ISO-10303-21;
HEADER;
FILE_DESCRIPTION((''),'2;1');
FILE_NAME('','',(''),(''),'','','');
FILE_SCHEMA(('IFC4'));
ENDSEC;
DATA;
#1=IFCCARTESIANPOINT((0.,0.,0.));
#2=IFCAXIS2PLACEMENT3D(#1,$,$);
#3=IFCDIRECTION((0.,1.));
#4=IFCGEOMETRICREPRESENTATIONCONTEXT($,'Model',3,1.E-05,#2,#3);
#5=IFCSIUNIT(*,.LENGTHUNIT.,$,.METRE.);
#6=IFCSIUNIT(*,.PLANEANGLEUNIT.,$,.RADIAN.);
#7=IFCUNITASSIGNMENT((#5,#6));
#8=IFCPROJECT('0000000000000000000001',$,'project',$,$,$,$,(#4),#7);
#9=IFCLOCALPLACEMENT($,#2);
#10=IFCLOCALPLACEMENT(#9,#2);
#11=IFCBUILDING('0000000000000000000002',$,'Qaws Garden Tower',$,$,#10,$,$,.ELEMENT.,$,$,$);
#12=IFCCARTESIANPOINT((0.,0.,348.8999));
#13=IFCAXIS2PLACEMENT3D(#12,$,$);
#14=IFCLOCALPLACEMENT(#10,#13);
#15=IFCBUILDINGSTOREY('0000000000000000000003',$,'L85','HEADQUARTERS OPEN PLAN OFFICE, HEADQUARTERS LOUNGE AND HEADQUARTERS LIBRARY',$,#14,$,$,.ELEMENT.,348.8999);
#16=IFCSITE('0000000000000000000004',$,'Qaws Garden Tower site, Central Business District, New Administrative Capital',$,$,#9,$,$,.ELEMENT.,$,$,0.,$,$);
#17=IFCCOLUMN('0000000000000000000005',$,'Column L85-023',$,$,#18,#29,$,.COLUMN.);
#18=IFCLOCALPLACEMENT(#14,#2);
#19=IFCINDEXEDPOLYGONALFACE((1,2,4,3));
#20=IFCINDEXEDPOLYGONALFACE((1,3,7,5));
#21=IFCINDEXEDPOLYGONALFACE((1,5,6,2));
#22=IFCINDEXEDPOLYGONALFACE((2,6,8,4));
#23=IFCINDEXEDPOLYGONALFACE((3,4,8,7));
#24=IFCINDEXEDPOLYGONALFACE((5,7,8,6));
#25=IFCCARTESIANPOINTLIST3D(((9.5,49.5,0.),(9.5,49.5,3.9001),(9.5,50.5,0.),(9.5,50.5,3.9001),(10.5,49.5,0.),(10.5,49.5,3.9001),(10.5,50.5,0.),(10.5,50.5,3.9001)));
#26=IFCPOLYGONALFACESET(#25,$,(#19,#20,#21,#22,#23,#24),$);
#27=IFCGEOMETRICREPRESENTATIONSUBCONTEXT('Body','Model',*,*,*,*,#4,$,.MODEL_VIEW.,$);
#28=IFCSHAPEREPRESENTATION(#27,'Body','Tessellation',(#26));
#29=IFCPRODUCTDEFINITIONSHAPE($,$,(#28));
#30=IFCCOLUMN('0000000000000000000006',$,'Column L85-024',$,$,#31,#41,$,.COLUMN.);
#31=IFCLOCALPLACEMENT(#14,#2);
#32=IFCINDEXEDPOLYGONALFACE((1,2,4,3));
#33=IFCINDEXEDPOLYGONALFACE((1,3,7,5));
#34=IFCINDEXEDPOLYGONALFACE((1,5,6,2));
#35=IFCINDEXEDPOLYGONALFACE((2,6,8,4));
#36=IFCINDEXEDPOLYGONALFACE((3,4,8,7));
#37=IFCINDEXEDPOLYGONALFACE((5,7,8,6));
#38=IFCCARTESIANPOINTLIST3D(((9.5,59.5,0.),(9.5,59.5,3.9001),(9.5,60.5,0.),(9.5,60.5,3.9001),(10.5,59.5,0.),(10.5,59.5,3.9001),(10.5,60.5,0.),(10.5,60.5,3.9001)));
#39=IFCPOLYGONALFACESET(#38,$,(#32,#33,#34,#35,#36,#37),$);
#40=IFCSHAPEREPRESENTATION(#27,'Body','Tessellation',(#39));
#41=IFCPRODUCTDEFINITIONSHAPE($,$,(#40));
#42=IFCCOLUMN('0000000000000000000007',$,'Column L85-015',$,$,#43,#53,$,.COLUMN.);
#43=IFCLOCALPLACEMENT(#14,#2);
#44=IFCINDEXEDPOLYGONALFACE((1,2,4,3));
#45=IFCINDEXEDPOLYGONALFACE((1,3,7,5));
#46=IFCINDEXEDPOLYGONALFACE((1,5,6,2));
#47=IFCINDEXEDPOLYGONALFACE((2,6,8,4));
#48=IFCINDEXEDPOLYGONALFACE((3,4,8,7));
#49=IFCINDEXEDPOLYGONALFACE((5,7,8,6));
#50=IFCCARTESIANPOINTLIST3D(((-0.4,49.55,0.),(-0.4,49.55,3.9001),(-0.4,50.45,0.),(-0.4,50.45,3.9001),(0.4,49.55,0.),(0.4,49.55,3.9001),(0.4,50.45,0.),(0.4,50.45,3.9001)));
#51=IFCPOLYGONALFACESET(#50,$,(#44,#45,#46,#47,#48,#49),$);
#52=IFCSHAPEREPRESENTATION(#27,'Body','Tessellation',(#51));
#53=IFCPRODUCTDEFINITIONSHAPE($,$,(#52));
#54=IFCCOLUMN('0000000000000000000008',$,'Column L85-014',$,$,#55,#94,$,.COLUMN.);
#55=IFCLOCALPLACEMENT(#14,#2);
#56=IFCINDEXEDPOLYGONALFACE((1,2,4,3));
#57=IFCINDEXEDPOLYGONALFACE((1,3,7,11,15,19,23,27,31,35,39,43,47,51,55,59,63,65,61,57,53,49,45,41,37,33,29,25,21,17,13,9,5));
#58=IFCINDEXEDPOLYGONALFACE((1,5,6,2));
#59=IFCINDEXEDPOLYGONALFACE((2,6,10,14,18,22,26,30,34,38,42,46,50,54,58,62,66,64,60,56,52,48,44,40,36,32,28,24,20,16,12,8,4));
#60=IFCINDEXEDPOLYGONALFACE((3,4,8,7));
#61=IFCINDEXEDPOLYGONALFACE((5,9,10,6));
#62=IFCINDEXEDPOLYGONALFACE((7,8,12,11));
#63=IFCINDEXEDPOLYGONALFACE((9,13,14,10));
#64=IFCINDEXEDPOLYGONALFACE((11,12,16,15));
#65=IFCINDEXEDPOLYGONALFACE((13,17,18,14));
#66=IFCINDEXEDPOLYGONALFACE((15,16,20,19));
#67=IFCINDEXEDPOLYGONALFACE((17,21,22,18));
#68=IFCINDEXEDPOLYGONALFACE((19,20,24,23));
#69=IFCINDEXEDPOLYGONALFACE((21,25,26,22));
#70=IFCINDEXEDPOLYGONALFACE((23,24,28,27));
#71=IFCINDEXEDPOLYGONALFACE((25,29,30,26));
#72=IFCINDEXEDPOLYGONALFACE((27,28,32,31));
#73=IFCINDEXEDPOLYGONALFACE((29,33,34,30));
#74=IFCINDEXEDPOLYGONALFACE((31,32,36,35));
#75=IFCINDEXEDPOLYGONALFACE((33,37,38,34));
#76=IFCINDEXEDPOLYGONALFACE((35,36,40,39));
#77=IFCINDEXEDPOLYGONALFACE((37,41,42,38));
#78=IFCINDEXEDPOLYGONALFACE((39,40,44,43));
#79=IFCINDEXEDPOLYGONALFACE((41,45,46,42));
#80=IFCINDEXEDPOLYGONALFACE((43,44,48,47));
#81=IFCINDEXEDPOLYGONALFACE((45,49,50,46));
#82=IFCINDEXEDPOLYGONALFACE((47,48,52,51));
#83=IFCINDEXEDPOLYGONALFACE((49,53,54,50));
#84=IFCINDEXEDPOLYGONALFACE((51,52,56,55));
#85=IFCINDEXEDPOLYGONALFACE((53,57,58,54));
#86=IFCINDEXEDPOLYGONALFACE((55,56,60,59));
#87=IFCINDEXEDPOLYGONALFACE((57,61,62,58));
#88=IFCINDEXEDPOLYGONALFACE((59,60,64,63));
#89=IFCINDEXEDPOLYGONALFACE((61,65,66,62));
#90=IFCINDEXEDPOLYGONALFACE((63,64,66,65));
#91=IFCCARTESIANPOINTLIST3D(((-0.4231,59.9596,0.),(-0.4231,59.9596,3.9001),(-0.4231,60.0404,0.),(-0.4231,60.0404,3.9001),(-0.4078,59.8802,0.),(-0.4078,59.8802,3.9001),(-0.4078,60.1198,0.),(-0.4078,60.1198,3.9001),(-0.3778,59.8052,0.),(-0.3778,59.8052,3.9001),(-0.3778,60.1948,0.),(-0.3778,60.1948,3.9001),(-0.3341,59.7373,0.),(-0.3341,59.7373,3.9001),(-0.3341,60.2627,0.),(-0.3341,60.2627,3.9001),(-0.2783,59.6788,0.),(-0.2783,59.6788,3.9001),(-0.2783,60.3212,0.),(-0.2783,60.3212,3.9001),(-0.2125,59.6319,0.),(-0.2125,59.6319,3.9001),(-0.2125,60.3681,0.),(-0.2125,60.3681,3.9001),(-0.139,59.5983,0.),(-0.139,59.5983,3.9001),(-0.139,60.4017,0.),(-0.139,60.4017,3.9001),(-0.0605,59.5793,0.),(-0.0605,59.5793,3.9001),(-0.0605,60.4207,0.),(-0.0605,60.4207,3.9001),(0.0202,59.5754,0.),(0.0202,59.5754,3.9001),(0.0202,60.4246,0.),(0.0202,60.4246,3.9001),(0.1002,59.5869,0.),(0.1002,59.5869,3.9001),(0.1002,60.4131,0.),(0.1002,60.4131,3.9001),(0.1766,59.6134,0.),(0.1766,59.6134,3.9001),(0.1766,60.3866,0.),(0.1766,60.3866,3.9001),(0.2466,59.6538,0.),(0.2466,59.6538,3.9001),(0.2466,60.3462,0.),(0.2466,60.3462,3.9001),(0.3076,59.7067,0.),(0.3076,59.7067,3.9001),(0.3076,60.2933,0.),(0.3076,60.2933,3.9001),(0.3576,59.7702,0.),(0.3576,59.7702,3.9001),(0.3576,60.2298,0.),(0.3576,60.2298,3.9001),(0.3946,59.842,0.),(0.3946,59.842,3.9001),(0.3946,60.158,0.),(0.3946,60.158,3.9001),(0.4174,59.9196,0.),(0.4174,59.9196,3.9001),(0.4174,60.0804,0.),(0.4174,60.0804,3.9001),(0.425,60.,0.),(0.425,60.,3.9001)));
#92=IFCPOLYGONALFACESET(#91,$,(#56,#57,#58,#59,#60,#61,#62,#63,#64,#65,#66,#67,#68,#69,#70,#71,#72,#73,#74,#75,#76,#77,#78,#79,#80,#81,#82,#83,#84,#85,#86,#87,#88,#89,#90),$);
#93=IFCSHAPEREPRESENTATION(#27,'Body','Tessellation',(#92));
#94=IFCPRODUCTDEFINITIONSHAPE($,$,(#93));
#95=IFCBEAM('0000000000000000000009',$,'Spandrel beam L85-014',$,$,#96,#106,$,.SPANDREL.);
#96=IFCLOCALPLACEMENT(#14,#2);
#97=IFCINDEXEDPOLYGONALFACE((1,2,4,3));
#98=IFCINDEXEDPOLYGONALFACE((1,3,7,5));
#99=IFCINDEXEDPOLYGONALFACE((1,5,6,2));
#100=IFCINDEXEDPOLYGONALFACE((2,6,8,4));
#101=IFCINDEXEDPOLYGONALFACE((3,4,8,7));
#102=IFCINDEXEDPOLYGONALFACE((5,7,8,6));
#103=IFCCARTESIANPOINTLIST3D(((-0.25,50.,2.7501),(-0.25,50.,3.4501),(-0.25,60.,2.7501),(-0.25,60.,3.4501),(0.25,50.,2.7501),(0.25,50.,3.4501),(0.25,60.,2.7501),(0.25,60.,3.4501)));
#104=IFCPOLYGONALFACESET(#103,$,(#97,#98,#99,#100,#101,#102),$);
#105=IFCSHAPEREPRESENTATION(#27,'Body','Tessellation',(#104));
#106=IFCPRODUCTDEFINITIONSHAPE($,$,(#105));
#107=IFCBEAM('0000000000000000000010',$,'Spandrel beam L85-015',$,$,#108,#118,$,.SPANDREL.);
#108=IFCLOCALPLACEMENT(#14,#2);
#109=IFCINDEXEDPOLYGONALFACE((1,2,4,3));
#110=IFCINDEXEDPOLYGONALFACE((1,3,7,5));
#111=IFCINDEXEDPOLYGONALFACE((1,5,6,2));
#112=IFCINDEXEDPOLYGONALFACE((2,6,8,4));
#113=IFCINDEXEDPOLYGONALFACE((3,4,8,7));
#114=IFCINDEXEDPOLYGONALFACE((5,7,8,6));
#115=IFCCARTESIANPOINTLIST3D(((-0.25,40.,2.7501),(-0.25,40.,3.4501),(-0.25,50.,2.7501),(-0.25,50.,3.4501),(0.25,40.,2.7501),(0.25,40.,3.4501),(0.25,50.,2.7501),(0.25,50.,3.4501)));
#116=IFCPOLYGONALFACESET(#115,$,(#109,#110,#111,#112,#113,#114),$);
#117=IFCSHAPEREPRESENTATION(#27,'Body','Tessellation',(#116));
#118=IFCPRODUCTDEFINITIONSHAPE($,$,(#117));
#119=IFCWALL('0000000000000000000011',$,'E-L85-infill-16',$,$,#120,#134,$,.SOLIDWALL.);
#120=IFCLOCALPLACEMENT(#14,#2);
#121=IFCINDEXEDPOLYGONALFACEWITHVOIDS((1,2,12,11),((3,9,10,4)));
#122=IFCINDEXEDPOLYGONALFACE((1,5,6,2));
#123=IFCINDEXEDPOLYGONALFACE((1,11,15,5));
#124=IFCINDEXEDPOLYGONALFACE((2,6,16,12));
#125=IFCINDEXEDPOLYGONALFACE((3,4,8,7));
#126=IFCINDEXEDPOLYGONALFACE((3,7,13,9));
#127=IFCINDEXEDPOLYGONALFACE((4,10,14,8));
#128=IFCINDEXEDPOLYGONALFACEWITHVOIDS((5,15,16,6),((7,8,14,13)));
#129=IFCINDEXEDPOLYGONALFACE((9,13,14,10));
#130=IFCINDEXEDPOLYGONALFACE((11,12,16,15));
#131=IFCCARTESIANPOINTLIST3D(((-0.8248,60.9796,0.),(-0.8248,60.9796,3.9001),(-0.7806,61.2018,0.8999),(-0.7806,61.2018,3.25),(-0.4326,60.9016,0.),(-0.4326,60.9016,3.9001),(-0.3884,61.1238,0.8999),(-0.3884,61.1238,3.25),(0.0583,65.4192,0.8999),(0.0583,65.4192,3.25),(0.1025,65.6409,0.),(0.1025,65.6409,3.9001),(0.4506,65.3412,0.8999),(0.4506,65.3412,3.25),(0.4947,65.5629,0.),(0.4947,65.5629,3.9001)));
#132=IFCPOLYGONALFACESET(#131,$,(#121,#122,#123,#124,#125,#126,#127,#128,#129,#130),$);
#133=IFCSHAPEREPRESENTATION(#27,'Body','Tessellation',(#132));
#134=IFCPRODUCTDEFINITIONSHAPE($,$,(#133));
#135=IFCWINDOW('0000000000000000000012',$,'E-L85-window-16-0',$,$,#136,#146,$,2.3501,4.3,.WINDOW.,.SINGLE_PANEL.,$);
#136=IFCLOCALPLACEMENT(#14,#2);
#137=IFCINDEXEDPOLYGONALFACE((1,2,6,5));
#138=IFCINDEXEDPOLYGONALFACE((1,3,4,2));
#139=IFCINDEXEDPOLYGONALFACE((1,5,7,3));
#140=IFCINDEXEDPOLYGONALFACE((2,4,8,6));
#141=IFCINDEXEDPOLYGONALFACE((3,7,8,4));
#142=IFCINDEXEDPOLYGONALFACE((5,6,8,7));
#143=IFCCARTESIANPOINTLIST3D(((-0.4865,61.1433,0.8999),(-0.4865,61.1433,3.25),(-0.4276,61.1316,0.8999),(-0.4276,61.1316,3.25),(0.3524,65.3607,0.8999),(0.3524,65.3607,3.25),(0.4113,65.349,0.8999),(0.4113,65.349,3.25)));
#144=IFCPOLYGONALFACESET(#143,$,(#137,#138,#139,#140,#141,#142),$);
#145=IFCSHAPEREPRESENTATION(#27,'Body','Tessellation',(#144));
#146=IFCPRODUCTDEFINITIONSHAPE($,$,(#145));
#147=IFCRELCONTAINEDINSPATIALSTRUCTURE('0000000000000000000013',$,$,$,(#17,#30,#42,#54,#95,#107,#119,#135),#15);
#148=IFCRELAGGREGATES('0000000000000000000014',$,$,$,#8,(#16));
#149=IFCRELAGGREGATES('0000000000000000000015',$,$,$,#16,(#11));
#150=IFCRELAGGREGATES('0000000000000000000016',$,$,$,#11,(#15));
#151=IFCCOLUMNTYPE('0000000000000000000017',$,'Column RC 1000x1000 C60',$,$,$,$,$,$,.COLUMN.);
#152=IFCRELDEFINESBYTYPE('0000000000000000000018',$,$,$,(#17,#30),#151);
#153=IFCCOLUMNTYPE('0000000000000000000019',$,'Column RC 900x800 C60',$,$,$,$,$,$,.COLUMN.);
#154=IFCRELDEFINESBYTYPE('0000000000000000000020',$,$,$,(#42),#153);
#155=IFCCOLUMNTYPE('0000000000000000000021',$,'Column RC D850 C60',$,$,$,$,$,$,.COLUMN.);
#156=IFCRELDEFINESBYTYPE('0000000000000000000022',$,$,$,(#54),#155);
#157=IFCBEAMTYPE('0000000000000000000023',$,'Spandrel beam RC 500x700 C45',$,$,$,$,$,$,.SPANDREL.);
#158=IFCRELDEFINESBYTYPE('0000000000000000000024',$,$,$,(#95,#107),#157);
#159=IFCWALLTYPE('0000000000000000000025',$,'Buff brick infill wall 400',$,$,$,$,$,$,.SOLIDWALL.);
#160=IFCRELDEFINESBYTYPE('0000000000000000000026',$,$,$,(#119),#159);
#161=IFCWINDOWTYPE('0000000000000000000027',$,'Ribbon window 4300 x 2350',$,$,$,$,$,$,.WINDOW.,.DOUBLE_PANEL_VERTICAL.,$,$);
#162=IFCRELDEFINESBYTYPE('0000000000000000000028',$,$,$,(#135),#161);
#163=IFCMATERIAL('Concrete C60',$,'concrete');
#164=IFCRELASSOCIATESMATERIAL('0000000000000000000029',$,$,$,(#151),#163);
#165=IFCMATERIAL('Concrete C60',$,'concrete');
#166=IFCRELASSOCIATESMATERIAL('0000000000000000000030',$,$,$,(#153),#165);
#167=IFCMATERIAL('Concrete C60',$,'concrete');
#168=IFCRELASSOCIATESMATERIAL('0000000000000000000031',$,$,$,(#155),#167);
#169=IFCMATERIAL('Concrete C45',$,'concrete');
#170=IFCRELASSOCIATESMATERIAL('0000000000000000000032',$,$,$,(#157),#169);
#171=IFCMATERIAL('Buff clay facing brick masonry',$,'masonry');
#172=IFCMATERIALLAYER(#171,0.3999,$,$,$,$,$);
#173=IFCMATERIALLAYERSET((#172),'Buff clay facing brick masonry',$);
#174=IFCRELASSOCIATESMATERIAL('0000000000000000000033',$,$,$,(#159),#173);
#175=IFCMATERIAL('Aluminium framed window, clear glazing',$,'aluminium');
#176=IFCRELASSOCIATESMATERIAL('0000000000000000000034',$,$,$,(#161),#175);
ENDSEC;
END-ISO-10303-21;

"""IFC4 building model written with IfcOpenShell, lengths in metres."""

from ifc_helpers import new_model, si_unit, direction, frame, frame_2d, origin, origin_2d, place, context, subcontext, project, spatial, rectangle, circle, extrude, material, layer, layer_set, material_profile, profile_set, type_object, element, fill, save


model = new_model("IFC4")

# Units and contexts
model_context = context("Model", 3, precision=1e-05, world=origin(), true_north=direction((0.0, 1.0)))
body_context = subcontext(model_context, "Body", "Model", "MODEL_VIEW")
ifc_project = project(units=[si_unit("LENGTHUNIT", "METRE"), si_unit("PLANEANGLEUNIT", "RADIAN")], contexts=[model_context])

# Site, building, storey
site_placement = place(None, origin())
site = spatial("IfcSite", under=ifc_project, at=site_placement, Name="Qaws Garden Tower site, Central Business District, New Administrative Capital", CompositionType="ELEMENT", RefElevation=0.0)
building_placement = place(site_placement, origin())
building = spatial("IfcBuilding", under=site, at=building_placement, Name="Qaws Garden Tower", CompositionType="ELEMENT")
storey_placement = place(building_placement, frame((0.0, 0.0, 348.8999)))
storey = spatial("IfcBuildingStorey", under=building, at=storey_placement, Name="L85", Description="HEADQUARTERS OPEN PLAN OFFICE, HEADQUARTERS LOUNGE AND HEADQUARTERS LIBRARY", CompositionType="ELEMENT", Elevation=348.8999)

# Columns
ifc_material_1 = material(Name="Concrete C60", Category="concrete")
ifc_material_profile_1 = material_profile(ifc_material_1, rectangle(XDim=1.0, YDim=1.0, at=origin_2d()), Name="RC 1000x1000")
ifc_profile_set_1 = profile_set([ifc_material_profile_1], Name="Concrete C60")
column_type_1 = type_object("IfcColumnType", Name="Column RC 1000x1000 C60", PredefinedType="COLUMN", material=ifc_profile_set_1)
for number, where, z_axis, x_axis, name in (
    (1, (10.0, 50.0, 0.0), (0.0, 0.0, 1.0), (1.0, 0.0, 0.0), "Column L85-023"),
    (2, (10.0, 60.0, 0.0), (0.0, 0.0, 1.0), (1.0, 0.0, 0.0), "Column L85-024"),
):
    element("IfcColumn", number, at=place(storey_placement, frame(where, z_axis=z_axis, x_axis=x_axis)), inside=storey, type_object=column_type_1, Name=name, PredefinedType="COLUMN", context=body_context, shape_type="SweptSolid", body=[
        extrude(rectangle(XDim=1.0, YDim=1.0, at=origin_2d()), origin(), (0.0, 0.0, 1.0), 3.9001),
    ])
ifc_material_2 = material(Name="Concrete C60", Category="concrete")
ifc_material_profile_2 = material_profile(ifc_material_2, rectangle(XDim=0.8999, YDim=0.8, at=origin_2d()), Name="RC 900x800")
ifc_profile_set_2 = profile_set([ifc_material_profile_2], Name="Concrete C60")
column_type_2 = type_object("IfcColumnType", Name="Column RC 900x800 C60", PredefinedType="COLUMN", material=ifc_profile_set_2)
column_1_placement = place(storey_placement, frame((0.0, 50.0, 0.0), z_axis=(0.0, 0.0, 1.0), x_axis=(0.0, 1.0, 0.0)))
element("IfcColumn", 3, at=column_1_placement, inside=storey, type_object=column_type_2, Name="Column L85-015", PredefinedType="COLUMN", context=body_context, shape_type="SweptSolid", body=[
    extrude(rectangle(XDim=0.8999, YDim=0.8, at=origin_2d()), origin(), (0.0, 0.0, 1.0), 3.9001),
])
ifc_material_3 = material(Name="Concrete C60", Category="concrete")
ifc_material_profile_3 = material_profile(ifc_material_3, circle(Radius=0.425, at=origin_2d()), Name="RC D850")
ifc_profile_set_3 = profile_set([ifc_material_profile_3], Name="Concrete C60")
column_type_3 = type_object("IfcColumnType", Name="Column RC D850 C60", PredefinedType="COLUMN", material=ifc_profile_set_3)
column_2_placement = place(storey_placement, frame((0.0, 60.0, 0.0), z_axis=(0.0, 0.0, 1.0), x_axis=(1.0, 0.0, 0.0)))
element("IfcColumn", 4, at=column_2_placement, inside=storey, type_object=column_type_3, Name="Column L85-014", PredefinedType="COLUMN", context=body_context, shape_type="SweptSolid", body=[
    extrude(circle(Radius=0.425, at=origin_2d()), origin(), (0.0, 0.0, 1.0), 3.9001),
])

# Beams
ifc_material_4 = material(Name="Concrete C45", Category="concrete")
ifc_material_profile_4 = material_profile(ifc_material_4, rectangle(XDim=0.5, YDim=0.7, at=origin_2d()), Name="RC 500x700")
ifc_profile_set_4 = profile_set([ifc_material_profile_4], Name="Concrete C45")
beam_type = type_object("IfcBeamType", Name="Spandrel beam RC 500x700 C45", PredefinedType="SPANDREL", material=ifc_profile_set_4)
for number, where, z_axis, x_axis, name in (
    (5, (0.0, 60.0, 3.1001), (0.0, -1.0, 0.0), (1.0, 0.0, 0.0), "Spandrel beam L85-014"),
    (6, (0.0, 50.0, 3.1001), (0.0, -1.0, 0.0), (1.0, 0.0, 0.0), "Spandrel beam L85-015"),
):
    element("IfcBeam", number, at=place(storey_placement, frame(where, z_axis=z_axis, x_axis=x_axis)), inside=storey, type_object=beam_type, Name=name, PredefinedType="SPANDREL", context=body_context, shape_type="SweptSolid", body=[
        extrude(rectangle(XDim=0.5, YDim=0.7, at=origin_2d()), origin(), (0.0, 0.0, 1.0), 10.0),
    ])

# Wall, opening, window
ifc_material_5 = material(Name="Buff clay facing brick masonry", Category="masonry")
ifc_layer_1 = layer(ifc_material_5, 0.3999)
ifc_layer_set_1 = layer_set([ifc_layer_1], Name="Buff clay facing brick masonry")
wall_type_1 = type_object("IfcWallType", Name="Buff brick infill wall 400", PredefinedType="SOLIDWALL", material=ifc_layer_set_1)
wall_1_placement = place(storey_placement, frame((0.2986, 65.6021, 0.0), z_axis=(0.0, 0.0, 1.0), x_axis=(-0.195099, -0.980784, 0.0)))
wall_1 = element("IfcWall", 7, at=wall_1_placement, inside=storey, type_object=wall_type_1, Name="E-L85-infill-16", PredefinedType="SOLIDWALL", context=body_context, shape_type="SweptSolid", body=[
    extrude(rectangle(XDim=4.7527, YDim=0.3999, at=frame_2d((2.3765, 0.0))), origin(), (0.0, 0.0, 1.0), 3.9001),
])
opening_1_placement = place(wall_1_placement, frame((0.2263, 0.0, 0.8999)))
opening_1 = element("IfcOpeningElement", 8, at=opening_1_placement, cuts=wall_1, PredefinedType="OPENING", context=body_context, shape_type="SweptSolid", body=[
    extrude(rectangle(XDim=4.3, YDim=2.3501, at=frame_2d((2.1499, 1.175))), frame((0.0, 0.21, 0.0), z_axis=(0.0, -1.0, 0.0), x_axis=(1.0, 0.0, 0.0)), (0.0, 0.0, 1.0), 0.4199),
])
ifc_material_6 = material(Name="Aluminium framed window, clear glazing", Category="aluminium")
window_type_1 = type_object("IfcWindowType", Name="Ribbon window 4300 x 2350", PartitioningType="DOUBLE_PANEL_VERTICAL", PredefinedType="WINDOW", material=ifc_material_6)
window_1_placement = place(opening_1_placement, origin())
window_1 = element("IfcWindow", 9, at=window_1_placement, inside=storey, type_object=window_type_1, Name="E-L85-window-16-0", OverallHeight=2.3501, OverallWidth=4.3, PartitioningType="SINGLE_PANEL", PredefinedType="WINDOW", context=body_context, shape_type="SweptSolid", body=[
    extrude(rectangle(XDim=4.3, YDim=2.3501, at=frame_2d((2.1499, 1.175))), frame((0.0, 0.1599, 0.0), z_axis=(0.0, -1.0, 0.0), x_axis=(1.0, 0.0, 0.0)), (0.0, 0.0, 1.0), 0.0601),
])
fill(opening_1, window_1)

save(model, "model.ifc")
